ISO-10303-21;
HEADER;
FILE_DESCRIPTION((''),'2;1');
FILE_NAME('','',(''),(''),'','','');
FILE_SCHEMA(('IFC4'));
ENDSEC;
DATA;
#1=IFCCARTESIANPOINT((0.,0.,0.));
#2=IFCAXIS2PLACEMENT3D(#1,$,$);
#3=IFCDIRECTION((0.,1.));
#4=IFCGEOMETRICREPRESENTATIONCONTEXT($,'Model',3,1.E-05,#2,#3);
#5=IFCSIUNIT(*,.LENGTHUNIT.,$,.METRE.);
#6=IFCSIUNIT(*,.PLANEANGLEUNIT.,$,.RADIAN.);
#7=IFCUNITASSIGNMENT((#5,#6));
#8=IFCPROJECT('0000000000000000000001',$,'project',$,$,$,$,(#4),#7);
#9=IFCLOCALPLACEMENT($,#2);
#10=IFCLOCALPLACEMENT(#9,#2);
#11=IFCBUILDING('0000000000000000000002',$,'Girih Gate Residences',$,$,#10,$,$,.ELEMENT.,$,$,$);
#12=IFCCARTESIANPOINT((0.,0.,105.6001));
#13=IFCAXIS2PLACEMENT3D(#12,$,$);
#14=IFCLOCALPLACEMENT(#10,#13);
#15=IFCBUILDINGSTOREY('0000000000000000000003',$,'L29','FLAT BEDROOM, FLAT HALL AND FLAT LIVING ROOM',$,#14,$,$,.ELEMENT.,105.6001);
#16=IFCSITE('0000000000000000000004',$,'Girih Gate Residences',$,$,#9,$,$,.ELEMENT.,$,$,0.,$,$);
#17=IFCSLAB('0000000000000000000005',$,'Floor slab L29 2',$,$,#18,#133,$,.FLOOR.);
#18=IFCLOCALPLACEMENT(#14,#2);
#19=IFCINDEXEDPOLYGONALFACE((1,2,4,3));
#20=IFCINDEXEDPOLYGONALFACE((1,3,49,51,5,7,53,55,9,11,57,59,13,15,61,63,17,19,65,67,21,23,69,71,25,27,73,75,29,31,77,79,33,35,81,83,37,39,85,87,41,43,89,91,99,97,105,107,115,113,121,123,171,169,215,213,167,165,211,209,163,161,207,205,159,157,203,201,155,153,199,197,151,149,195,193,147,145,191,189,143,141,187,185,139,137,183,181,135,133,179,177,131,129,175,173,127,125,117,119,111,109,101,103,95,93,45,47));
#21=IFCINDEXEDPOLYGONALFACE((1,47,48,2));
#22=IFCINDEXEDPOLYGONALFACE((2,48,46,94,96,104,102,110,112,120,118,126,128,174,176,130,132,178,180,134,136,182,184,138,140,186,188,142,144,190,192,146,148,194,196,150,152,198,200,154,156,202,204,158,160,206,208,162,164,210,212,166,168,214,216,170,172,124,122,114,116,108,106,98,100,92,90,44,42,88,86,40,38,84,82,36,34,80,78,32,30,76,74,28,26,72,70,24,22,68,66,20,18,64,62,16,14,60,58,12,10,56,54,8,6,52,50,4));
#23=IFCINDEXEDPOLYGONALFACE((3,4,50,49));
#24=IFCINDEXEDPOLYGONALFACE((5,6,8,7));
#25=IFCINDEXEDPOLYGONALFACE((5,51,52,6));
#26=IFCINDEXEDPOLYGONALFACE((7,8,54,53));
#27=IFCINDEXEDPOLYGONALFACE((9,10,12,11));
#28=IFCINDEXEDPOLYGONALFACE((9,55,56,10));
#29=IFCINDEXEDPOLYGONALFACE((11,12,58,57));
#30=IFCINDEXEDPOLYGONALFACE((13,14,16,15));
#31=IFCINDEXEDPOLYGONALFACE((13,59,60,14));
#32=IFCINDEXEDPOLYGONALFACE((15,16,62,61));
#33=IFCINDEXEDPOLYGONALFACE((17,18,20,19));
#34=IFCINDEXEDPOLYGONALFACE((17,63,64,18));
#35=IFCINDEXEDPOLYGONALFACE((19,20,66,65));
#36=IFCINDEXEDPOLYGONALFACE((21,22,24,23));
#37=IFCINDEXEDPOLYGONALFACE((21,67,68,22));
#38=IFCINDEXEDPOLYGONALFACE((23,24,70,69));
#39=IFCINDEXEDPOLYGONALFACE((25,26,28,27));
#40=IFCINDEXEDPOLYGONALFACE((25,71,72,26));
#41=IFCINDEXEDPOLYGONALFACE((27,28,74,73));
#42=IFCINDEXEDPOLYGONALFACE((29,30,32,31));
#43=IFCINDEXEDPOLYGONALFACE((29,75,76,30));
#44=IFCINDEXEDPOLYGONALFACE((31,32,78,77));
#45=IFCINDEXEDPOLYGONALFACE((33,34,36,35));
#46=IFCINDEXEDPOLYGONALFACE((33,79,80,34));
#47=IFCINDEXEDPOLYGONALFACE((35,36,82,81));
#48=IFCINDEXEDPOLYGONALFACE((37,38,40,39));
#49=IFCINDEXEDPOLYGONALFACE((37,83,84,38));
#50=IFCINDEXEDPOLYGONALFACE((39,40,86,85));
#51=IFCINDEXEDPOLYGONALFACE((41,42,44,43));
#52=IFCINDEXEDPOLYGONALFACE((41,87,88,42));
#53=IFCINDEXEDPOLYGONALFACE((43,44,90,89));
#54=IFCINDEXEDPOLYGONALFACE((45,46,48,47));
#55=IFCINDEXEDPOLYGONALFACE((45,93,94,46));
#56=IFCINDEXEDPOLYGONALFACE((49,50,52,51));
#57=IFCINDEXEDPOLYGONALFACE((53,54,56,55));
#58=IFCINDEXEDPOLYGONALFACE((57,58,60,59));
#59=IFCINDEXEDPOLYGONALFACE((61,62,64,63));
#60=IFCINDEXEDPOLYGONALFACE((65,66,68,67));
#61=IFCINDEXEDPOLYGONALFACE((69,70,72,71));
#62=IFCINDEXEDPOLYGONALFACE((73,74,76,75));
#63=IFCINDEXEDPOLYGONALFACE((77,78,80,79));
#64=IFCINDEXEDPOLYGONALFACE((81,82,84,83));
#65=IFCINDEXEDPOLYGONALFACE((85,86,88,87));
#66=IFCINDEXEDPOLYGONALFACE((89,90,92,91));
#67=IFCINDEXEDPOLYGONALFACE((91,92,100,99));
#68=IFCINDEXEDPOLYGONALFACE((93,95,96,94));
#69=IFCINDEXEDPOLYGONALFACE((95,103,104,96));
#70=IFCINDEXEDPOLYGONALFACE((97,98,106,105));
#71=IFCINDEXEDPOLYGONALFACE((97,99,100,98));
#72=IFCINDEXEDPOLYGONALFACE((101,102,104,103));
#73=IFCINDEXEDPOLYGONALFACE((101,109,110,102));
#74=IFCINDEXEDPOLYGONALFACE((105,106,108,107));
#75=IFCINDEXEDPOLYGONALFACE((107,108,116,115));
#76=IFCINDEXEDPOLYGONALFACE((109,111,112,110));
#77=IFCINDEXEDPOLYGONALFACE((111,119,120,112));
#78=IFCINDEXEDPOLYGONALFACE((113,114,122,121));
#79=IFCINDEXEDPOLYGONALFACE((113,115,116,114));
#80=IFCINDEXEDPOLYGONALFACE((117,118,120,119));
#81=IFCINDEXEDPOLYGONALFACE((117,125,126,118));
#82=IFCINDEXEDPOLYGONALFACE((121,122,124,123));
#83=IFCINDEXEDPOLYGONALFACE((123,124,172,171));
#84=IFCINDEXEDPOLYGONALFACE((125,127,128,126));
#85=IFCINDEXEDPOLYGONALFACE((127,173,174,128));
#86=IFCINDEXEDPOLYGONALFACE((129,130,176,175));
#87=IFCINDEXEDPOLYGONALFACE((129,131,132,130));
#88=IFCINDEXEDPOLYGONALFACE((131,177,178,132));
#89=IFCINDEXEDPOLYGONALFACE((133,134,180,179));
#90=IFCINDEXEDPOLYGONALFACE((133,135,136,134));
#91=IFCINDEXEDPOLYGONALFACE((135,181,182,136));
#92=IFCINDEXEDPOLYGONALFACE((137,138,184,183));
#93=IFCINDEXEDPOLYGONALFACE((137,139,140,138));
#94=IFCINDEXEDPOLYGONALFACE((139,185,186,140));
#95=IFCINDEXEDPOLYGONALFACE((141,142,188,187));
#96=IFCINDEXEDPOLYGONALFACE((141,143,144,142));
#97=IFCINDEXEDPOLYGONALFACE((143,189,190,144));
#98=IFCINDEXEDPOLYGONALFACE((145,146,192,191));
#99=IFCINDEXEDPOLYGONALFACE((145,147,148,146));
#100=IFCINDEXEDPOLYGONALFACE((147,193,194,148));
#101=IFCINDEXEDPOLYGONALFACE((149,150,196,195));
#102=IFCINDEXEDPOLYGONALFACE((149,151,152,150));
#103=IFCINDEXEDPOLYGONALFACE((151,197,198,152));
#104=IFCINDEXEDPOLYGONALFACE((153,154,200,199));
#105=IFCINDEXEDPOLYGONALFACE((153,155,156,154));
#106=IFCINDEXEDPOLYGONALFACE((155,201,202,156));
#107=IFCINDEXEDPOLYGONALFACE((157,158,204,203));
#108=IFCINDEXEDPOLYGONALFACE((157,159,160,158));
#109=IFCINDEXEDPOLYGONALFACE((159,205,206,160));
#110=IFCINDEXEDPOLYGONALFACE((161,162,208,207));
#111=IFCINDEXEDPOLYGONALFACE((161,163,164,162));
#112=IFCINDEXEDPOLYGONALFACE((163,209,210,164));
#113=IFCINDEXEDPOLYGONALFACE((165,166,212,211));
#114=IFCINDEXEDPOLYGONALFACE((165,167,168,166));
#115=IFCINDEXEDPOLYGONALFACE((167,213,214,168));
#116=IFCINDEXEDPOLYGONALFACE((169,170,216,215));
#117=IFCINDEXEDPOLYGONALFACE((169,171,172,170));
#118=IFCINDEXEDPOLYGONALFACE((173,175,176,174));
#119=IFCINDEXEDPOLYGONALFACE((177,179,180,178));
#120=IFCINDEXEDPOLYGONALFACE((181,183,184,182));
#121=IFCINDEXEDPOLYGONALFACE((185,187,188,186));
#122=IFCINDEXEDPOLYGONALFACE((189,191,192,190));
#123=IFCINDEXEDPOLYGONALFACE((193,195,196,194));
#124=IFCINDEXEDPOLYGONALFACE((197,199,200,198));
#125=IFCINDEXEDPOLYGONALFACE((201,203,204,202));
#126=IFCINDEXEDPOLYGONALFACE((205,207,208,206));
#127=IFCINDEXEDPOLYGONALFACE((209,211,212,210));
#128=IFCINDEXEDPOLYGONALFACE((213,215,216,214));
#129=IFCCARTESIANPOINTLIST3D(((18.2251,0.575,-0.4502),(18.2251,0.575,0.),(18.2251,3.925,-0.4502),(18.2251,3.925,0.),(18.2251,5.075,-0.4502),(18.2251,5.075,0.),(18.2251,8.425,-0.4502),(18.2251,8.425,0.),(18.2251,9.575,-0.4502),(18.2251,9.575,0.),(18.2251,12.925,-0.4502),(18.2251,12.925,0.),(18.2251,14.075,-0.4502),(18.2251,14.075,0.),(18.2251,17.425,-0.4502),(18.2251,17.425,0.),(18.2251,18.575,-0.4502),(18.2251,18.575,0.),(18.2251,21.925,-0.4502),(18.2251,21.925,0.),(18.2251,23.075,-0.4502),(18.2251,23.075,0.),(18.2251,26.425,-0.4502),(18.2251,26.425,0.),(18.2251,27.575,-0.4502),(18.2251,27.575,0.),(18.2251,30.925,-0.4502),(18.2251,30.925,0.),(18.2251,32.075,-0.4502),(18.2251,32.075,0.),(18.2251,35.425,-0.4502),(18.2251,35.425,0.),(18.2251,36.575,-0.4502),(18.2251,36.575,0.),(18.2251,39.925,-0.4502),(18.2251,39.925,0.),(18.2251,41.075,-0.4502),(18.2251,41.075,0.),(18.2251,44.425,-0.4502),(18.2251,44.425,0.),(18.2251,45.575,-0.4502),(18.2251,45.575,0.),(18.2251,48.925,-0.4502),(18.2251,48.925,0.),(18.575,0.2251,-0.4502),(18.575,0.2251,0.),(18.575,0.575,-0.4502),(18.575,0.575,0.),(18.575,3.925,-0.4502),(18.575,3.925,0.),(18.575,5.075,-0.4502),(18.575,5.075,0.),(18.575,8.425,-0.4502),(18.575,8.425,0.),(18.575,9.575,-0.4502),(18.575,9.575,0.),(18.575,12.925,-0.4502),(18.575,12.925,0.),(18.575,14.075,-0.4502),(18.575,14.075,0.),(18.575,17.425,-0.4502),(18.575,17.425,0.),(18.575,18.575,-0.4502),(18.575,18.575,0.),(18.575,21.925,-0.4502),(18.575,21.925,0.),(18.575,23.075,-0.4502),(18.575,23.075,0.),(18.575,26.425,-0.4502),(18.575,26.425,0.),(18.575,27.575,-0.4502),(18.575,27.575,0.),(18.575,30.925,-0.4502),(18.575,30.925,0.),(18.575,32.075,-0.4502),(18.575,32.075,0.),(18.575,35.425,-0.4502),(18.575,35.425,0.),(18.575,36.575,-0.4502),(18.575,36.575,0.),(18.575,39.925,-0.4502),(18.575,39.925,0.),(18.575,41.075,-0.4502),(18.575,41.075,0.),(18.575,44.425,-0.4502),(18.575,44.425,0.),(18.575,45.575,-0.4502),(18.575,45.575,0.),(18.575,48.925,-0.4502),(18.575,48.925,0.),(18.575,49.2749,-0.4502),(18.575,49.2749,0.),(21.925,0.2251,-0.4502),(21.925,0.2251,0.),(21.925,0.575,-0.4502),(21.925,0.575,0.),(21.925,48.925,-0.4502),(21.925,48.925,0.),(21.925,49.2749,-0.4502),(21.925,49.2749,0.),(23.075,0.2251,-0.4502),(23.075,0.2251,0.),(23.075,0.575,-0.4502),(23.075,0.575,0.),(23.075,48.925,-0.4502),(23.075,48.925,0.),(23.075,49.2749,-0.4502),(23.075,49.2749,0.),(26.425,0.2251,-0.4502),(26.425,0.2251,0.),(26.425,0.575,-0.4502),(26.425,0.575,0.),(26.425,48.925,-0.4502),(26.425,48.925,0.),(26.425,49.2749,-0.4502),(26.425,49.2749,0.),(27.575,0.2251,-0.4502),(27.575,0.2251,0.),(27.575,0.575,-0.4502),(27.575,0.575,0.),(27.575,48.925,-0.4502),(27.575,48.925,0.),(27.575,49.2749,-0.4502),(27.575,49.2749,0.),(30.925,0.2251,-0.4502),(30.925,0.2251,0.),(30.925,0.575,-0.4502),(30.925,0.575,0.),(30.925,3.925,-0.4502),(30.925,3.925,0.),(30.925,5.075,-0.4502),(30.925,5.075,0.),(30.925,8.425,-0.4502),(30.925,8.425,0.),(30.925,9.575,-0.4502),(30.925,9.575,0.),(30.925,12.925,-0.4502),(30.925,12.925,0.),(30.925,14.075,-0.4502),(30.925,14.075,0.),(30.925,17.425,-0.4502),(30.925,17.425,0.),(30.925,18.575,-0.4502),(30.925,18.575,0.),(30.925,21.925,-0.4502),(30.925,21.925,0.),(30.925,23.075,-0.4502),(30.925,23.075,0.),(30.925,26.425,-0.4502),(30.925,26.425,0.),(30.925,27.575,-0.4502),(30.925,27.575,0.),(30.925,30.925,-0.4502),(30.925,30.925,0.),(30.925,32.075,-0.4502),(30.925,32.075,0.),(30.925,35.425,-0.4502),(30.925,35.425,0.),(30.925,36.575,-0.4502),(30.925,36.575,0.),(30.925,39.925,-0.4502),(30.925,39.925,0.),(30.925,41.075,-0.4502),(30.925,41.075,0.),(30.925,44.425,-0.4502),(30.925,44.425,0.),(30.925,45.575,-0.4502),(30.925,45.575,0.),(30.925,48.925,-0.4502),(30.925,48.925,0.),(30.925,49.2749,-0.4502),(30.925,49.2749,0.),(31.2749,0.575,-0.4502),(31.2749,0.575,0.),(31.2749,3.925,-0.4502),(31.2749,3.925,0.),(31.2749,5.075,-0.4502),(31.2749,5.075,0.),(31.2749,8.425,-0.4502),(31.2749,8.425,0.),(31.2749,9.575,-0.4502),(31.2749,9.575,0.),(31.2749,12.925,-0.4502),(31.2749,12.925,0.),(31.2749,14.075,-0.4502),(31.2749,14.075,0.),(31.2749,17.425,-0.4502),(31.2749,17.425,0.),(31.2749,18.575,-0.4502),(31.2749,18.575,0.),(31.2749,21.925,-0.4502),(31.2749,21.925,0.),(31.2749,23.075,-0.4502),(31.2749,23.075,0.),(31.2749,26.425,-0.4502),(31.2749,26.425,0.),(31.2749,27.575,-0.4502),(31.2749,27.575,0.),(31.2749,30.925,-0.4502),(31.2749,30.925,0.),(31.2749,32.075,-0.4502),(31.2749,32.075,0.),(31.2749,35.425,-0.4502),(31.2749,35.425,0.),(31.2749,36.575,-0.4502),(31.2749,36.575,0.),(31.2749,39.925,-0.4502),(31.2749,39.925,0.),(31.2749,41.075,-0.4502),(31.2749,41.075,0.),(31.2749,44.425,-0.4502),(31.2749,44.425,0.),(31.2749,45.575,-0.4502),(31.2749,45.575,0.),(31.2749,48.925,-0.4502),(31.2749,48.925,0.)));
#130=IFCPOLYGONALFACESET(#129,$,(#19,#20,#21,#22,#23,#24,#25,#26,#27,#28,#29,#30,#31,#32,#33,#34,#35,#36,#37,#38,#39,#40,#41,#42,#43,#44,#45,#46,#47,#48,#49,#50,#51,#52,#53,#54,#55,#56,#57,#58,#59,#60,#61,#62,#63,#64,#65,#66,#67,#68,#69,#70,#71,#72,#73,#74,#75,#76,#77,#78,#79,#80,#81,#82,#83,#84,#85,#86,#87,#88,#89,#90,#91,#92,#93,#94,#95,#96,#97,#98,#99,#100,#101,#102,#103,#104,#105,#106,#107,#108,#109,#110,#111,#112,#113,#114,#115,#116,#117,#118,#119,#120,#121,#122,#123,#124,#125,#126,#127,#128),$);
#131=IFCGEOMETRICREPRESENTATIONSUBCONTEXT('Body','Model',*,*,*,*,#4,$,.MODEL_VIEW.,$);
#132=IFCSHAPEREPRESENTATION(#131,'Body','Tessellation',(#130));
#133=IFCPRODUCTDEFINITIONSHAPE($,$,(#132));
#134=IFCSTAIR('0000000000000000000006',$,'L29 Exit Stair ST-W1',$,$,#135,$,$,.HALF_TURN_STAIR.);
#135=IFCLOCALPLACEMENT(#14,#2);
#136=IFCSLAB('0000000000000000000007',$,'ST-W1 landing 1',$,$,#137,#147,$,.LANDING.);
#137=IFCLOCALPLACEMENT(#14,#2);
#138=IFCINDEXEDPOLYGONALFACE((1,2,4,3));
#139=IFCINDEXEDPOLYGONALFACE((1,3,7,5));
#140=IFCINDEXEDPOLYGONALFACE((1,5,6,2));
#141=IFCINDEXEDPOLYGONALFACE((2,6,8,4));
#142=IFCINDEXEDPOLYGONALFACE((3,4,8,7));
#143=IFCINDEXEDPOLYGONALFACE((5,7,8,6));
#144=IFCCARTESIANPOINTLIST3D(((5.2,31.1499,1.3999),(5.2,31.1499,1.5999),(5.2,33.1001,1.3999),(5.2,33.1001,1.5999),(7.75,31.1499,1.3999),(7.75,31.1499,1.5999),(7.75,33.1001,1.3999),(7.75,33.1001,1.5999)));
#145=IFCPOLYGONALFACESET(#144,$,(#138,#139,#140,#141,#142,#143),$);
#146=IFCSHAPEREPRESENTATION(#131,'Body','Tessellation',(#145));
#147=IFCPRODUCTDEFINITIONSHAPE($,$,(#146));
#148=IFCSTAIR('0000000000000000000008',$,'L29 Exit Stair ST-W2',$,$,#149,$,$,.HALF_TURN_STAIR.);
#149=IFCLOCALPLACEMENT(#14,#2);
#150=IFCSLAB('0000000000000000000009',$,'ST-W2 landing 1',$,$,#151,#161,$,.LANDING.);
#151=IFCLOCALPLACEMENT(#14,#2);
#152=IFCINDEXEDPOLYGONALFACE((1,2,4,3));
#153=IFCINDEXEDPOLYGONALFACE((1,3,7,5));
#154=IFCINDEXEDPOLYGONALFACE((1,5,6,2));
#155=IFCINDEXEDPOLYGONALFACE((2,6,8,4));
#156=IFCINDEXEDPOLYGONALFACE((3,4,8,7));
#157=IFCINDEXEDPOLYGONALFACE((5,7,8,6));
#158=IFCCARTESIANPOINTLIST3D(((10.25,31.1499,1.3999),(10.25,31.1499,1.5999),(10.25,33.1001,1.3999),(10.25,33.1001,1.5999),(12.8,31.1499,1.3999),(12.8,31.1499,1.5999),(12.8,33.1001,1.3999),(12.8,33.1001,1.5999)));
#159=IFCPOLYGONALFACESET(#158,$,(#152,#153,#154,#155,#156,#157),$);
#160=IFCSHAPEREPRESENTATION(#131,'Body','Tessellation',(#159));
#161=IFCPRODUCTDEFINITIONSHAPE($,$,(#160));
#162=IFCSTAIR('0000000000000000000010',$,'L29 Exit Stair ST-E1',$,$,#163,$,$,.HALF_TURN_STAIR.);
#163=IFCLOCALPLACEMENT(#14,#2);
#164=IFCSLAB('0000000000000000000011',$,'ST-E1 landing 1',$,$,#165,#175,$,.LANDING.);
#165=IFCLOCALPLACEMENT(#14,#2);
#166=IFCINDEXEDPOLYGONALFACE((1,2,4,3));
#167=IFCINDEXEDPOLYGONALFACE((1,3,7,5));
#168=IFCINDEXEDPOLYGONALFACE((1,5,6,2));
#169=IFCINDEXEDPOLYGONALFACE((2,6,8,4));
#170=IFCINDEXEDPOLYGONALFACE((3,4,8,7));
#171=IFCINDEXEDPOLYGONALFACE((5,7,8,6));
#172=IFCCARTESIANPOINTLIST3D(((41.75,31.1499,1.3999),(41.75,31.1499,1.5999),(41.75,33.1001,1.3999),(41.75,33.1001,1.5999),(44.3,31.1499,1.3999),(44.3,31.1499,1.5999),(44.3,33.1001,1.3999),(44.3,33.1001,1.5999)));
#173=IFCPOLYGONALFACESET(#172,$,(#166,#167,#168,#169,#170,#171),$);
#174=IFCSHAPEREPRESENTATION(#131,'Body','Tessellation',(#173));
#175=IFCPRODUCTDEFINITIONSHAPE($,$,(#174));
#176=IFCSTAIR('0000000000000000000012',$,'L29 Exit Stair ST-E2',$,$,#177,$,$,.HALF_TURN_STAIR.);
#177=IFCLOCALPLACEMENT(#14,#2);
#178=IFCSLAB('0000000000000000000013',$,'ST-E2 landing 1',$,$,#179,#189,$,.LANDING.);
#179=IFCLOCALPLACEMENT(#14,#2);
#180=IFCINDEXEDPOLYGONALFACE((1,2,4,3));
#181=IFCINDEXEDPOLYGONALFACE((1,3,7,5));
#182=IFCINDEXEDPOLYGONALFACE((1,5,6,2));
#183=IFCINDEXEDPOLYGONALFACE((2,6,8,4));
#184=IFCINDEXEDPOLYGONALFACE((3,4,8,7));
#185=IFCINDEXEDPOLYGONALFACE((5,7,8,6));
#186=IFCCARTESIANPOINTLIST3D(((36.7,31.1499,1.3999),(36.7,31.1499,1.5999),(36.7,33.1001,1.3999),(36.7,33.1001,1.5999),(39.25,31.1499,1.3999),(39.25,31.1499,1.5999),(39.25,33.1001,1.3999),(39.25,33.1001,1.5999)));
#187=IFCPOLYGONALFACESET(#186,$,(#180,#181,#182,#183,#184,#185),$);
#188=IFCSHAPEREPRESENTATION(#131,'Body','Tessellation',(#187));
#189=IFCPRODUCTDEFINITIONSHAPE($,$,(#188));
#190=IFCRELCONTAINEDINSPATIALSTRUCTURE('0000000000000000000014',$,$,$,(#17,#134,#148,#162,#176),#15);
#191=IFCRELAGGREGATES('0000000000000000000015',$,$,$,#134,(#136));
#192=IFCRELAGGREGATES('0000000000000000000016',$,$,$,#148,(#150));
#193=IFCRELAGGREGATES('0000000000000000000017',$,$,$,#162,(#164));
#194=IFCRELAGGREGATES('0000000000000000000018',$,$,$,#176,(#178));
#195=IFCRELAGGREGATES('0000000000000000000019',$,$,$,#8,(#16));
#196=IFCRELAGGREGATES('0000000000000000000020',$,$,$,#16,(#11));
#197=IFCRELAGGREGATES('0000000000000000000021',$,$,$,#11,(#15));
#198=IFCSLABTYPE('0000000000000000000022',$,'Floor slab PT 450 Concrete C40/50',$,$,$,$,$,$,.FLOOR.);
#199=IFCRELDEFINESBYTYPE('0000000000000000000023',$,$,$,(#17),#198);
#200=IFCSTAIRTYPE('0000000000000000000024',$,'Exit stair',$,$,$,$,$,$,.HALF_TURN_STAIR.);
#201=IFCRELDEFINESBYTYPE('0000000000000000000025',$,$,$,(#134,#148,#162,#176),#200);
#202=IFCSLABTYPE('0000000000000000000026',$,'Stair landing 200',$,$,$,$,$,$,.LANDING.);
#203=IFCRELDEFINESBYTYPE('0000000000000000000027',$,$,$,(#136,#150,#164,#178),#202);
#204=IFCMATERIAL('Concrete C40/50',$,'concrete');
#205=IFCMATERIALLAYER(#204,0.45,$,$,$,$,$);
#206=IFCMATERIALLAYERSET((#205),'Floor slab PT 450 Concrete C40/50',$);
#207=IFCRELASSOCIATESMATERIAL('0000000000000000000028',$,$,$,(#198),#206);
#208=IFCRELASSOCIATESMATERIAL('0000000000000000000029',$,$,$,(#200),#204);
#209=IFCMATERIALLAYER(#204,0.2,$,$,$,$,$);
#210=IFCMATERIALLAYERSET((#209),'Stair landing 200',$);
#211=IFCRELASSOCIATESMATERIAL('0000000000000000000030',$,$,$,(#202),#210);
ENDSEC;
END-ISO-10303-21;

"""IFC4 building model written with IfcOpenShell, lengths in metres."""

from ifc_helpers import new_model, si_unit, direction, frame, origin, place, context, subcontext, project, spatial, polyline, outline, extrude, material, layer, layer_set, type_object, element, aggregate, save


model = new_model("IFC4")

# Units and contexts
model_context = context("Model", 3, precision=1e-05, world=origin(), true_north=direction((0.0, 1.0)))
body_context = subcontext(model_context, "Body", "Model", "MODEL_VIEW")
ifc_project = project(units=[si_unit("LENGTHUNIT", "METRE"), si_unit("PLANEANGLEUNIT", "RADIAN")], contexts=[model_context])

# Site, building, storey
site_placement = place(None, origin())
site = spatial("IfcSite", under=ifc_project, at=site_placement, Name="Girih Gate Residences", CompositionType="ELEMENT", RefElevation=0.0)
building_placement = place(site_placement, origin())
building = spatial("IfcBuilding", under=site, at=building_placement, Name="Girih Gate Residences", CompositionType="ELEMENT")
storey_placement = place(building_placement, frame((0.0, 0.0, 105.6001)))
storey = spatial("IfcBuildingStorey", under=building, at=storey_placement, Name="L29", Description="FLAT BEDROOM, FLAT HALL AND FLAT LIVING ROOM", CompositionType="ELEMENT", Elevation=105.6001)

# Slab
ifc_material_1 = material(Name="Concrete C40/50", Category="concrete")
ifc_layer_1 = layer(ifc_material_1, 0.45)
ifc_layer_set_1 = layer_set([ifc_layer_1], Name="Floor slab PT 450 Concrete C40/50")
slab_type_1 = type_object("IfcSlabType", Name="Floor slab PT 450 Concrete C40/50", PredefinedType="FLOOR", material=ifc_layer_set_1)
slab_1_placement = place(storey_placement, frame((0.0, 0.0, -0.4502)))
element("IfcSlab", 1, at=slab_1_placement, inside=storey, type_object=slab_type_1, Name="Floor slab L29 2", PredefinedType="FLOOR", context=body_context, shape_type="SweptSolid", body=[
    extrude(outline(polyline([(21.925, 49.2749), (18.575, 49.2749), (18.575, 48.925), (18.2251, 48.925), (18.2251, 45.575), (18.575, 45.575), (18.575, 44.425), (18.2251, 44.425), (18.2251, 41.075), (18.575, 41.075), (18.575, 39.925), (18.2251, 39.925), (18.2251, 36.575), (18.575, 36.575), (18.575, 35.425), (18.2251, 35.425), (18.2251, 32.075), (18.575, 32.075), (18.575, 30.925), (18.2251, 30.925), (18.2251, 27.575), (18.575, 27.575), (18.575, 26.425), (18.2251, 26.425), (18.2251, 23.075), (18.575, 23.075), (18.575, 21.925), (18.2251, 21.925), (18.2251, 18.575), (18.575, 18.575), (18.575, 17.425), (18.2251, 17.425), (18.2251, 14.075), (18.575, 14.075), (18.575, 12.925), (18.2251, 12.925), (18.2251, 9.575), (18.575, 9.575), (18.575, 8.425), (18.2251, 8.425), (18.2251, 5.075), (18.575, 5.075), (18.575, 3.925), (18.2251, 3.925), (18.2251, 0.575), (18.575, 0.575), (18.575, 0.2251), (21.925, 0.2251), (21.925, 0.575), (23.075, 0.575), (23.075, 0.2251), (26.425, 0.2251), (26.425, 0.575), (27.575, 0.575), (27.575, 0.2251), (30.925, 0.2251), (30.925, 0.575), (31.2749, 0.575), (31.2749, 3.925), (30.925, 3.925), (30.925, 5.075), (31.2749, 5.075), (31.2749, 8.425), (30.925, 8.425), (30.925, 9.575), (31.2749, 9.575), (31.2749, 12.925), (30.925, 12.925), (30.925, 14.075), (31.2749, 14.075), (31.2749, 17.425), (30.925, 17.425), (30.925, 18.575), (31.2749, 18.575), (31.2749, 21.925), (30.925, 21.925), (30.925, 23.075), (31.2749, 23.075), (31.2749, 26.425), (30.925, 26.425), (30.925, 27.575), (31.2749, 27.575), (31.2749, 30.925), (30.925, 30.925), (30.925, 32.075), (31.2749, 32.075), (31.2749, 35.425), (30.925, 35.425), (30.925, 36.575), (31.2749, 36.575), (31.2749, 39.925), (30.925, 39.925), (30.925, 41.075), (31.2749, 41.075), (31.2749, 44.425), (30.925, 44.425), (30.925, 45.575), (31.2749, 45.575), (31.2749, 48.925), (30.925, 48.925), (30.925, 49.2749), (27.575, 49.2749), (27.575, 48.925), (26.425, 48.925), (26.425, 49.2749), (23.075, 49.2749), (23.075, 48.925), (21.925, 48.925), (21.925, 49.2749)])), origin(), (0.0, 0.0, 1.0), 0.4502),
])

# Stairs, slabs
stair_type = type_object("IfcStairType", Name="Exit stair", PredefinedType="HALF_TURN_STAIR", material=ifc_material_1)
stair_1_placement = place(storey_placement, origin())
stair_1 = element("IfcStair", 2, at=stair_1_placement, inside=storey, type_object=stair_type, Name="L29 Exit Stair ST-W1", PredefinedType="HALF_TURN_STAIR")
ifc_layer_2 = layer(ifc_material_1, 0.2)
ifc_layer_set_2 = layer_set([ifc_layer_2], Name="Stair landing 200")
slab_type_2 = type_object("IfcSlabType", Name="Stair landing 200", PredefinedType="LANDING", material=ifc_layer_set_2)
slab_2_placement = place(storey_placement, frame((0.0, 0.0, 1.3999)))
slab_2 = element("IfcSlab", 3, at=slab_2_placement, type_object=slab_type_2, Name="ST-W1 landing 1", PredefinedType="LANDING", context=body_context, shape_type="SweptSolid", body=[
    extrude(outline(polyline([(7.75, 31.1499), (7.75, 33.1001), (5.2, 33.1001), (5.2, 31.1499), (7.75, 31.1499)])), origin(), (0.0, 0.0, 1.0), 0.2),
])
aggregate(stair_1, [slab_2])
stair_2_placement = place(storey_placement, origin())
stair_2 = element("IfcStair", 4, at=stair_2_placement, inside=storey, type_object=stair_type, Name="L29 Exit Stair ST-W2", PredefinedType="HALF_TURN_STAIR")
slab_3_placement = place(storey_placement, frame((0.0, 0.0, 1.3999)))
slab_3 = element("IfcSlab", 5, at=slab_3_placement, type_object=slab_type_2, Name="ST-W2 landing 1", PredefinedType="LANDING", context=body_context, shape_type="SweptSolid", body=[
    extrude(outline(polyline([(12.8, 31.1499), (12.8, 33.1001), (10.25, 33.1001), (10.25, 31.1499), (12.8, 31.1499)])), origin(), (0.0, 0.0, 1.0), 0.2),
])
aggregate(stair_2, [slab_3])
stair_3_placement = place(storey_placement, origin())
stair_3 = element("IfcStair", 6, at=stair_3_placement, inside=storey, type_object=stair_type, Name="L29 Exit Stair ST-E1", PredefinedType="HALF_TURN_STAIR")
slab_4_placement = place(storey_placement, frame((0.0, 0.0, 1.3999)))
slab_4 = element("IfcSlab", 7, at=slab_4_placement, type_object=slab_type_2, Name="ST-E1 landing 1", PredefinedType="LANDING", context=body_context, shape_type="SweptSolid", body=[
    extrude(outline(polyline([(44.3, 31.1499), (44.3, 33.1001), (41.75, 33.1001), (41.75, 31.1499), (44.3, 31.1499)])), origin(), (0.0, 0.0, 1.0), 0.2),
])
aggregate(stair_3, [slab_4])
stair_4_placement = place(storey_placement, origin())
stair_4 = element("IfcStair", 8, at=stair_4_placement, inside=storey, type_object=stair_type, Name="L29 Exit Stair ST-E2", PredefinedType="HALF_TURN_STAIR")
slab_5_placement = place(storey_placement, frame((0.0, 0.0, 1.3999)))
slab_5 = element("IfcSlab", 9, at=slab_5_placement, type_object=slab_type_2, Name="ST-E2 landing 1", PredefinedType="LANDING", context=body_context, shape_type="SweptSolid", body=[
    extrude(outline(polyline([(39.25, 31.1499), (39.25, 33.1001), (36.7, 33.1001), (36.7, 31.1499), (39.25, 31.1499)])), origin(), (0.0, 0.0, 1.0), 0.2),
])
aggregate(stair_4, [slab_5])

save(model, "model.ifc")
